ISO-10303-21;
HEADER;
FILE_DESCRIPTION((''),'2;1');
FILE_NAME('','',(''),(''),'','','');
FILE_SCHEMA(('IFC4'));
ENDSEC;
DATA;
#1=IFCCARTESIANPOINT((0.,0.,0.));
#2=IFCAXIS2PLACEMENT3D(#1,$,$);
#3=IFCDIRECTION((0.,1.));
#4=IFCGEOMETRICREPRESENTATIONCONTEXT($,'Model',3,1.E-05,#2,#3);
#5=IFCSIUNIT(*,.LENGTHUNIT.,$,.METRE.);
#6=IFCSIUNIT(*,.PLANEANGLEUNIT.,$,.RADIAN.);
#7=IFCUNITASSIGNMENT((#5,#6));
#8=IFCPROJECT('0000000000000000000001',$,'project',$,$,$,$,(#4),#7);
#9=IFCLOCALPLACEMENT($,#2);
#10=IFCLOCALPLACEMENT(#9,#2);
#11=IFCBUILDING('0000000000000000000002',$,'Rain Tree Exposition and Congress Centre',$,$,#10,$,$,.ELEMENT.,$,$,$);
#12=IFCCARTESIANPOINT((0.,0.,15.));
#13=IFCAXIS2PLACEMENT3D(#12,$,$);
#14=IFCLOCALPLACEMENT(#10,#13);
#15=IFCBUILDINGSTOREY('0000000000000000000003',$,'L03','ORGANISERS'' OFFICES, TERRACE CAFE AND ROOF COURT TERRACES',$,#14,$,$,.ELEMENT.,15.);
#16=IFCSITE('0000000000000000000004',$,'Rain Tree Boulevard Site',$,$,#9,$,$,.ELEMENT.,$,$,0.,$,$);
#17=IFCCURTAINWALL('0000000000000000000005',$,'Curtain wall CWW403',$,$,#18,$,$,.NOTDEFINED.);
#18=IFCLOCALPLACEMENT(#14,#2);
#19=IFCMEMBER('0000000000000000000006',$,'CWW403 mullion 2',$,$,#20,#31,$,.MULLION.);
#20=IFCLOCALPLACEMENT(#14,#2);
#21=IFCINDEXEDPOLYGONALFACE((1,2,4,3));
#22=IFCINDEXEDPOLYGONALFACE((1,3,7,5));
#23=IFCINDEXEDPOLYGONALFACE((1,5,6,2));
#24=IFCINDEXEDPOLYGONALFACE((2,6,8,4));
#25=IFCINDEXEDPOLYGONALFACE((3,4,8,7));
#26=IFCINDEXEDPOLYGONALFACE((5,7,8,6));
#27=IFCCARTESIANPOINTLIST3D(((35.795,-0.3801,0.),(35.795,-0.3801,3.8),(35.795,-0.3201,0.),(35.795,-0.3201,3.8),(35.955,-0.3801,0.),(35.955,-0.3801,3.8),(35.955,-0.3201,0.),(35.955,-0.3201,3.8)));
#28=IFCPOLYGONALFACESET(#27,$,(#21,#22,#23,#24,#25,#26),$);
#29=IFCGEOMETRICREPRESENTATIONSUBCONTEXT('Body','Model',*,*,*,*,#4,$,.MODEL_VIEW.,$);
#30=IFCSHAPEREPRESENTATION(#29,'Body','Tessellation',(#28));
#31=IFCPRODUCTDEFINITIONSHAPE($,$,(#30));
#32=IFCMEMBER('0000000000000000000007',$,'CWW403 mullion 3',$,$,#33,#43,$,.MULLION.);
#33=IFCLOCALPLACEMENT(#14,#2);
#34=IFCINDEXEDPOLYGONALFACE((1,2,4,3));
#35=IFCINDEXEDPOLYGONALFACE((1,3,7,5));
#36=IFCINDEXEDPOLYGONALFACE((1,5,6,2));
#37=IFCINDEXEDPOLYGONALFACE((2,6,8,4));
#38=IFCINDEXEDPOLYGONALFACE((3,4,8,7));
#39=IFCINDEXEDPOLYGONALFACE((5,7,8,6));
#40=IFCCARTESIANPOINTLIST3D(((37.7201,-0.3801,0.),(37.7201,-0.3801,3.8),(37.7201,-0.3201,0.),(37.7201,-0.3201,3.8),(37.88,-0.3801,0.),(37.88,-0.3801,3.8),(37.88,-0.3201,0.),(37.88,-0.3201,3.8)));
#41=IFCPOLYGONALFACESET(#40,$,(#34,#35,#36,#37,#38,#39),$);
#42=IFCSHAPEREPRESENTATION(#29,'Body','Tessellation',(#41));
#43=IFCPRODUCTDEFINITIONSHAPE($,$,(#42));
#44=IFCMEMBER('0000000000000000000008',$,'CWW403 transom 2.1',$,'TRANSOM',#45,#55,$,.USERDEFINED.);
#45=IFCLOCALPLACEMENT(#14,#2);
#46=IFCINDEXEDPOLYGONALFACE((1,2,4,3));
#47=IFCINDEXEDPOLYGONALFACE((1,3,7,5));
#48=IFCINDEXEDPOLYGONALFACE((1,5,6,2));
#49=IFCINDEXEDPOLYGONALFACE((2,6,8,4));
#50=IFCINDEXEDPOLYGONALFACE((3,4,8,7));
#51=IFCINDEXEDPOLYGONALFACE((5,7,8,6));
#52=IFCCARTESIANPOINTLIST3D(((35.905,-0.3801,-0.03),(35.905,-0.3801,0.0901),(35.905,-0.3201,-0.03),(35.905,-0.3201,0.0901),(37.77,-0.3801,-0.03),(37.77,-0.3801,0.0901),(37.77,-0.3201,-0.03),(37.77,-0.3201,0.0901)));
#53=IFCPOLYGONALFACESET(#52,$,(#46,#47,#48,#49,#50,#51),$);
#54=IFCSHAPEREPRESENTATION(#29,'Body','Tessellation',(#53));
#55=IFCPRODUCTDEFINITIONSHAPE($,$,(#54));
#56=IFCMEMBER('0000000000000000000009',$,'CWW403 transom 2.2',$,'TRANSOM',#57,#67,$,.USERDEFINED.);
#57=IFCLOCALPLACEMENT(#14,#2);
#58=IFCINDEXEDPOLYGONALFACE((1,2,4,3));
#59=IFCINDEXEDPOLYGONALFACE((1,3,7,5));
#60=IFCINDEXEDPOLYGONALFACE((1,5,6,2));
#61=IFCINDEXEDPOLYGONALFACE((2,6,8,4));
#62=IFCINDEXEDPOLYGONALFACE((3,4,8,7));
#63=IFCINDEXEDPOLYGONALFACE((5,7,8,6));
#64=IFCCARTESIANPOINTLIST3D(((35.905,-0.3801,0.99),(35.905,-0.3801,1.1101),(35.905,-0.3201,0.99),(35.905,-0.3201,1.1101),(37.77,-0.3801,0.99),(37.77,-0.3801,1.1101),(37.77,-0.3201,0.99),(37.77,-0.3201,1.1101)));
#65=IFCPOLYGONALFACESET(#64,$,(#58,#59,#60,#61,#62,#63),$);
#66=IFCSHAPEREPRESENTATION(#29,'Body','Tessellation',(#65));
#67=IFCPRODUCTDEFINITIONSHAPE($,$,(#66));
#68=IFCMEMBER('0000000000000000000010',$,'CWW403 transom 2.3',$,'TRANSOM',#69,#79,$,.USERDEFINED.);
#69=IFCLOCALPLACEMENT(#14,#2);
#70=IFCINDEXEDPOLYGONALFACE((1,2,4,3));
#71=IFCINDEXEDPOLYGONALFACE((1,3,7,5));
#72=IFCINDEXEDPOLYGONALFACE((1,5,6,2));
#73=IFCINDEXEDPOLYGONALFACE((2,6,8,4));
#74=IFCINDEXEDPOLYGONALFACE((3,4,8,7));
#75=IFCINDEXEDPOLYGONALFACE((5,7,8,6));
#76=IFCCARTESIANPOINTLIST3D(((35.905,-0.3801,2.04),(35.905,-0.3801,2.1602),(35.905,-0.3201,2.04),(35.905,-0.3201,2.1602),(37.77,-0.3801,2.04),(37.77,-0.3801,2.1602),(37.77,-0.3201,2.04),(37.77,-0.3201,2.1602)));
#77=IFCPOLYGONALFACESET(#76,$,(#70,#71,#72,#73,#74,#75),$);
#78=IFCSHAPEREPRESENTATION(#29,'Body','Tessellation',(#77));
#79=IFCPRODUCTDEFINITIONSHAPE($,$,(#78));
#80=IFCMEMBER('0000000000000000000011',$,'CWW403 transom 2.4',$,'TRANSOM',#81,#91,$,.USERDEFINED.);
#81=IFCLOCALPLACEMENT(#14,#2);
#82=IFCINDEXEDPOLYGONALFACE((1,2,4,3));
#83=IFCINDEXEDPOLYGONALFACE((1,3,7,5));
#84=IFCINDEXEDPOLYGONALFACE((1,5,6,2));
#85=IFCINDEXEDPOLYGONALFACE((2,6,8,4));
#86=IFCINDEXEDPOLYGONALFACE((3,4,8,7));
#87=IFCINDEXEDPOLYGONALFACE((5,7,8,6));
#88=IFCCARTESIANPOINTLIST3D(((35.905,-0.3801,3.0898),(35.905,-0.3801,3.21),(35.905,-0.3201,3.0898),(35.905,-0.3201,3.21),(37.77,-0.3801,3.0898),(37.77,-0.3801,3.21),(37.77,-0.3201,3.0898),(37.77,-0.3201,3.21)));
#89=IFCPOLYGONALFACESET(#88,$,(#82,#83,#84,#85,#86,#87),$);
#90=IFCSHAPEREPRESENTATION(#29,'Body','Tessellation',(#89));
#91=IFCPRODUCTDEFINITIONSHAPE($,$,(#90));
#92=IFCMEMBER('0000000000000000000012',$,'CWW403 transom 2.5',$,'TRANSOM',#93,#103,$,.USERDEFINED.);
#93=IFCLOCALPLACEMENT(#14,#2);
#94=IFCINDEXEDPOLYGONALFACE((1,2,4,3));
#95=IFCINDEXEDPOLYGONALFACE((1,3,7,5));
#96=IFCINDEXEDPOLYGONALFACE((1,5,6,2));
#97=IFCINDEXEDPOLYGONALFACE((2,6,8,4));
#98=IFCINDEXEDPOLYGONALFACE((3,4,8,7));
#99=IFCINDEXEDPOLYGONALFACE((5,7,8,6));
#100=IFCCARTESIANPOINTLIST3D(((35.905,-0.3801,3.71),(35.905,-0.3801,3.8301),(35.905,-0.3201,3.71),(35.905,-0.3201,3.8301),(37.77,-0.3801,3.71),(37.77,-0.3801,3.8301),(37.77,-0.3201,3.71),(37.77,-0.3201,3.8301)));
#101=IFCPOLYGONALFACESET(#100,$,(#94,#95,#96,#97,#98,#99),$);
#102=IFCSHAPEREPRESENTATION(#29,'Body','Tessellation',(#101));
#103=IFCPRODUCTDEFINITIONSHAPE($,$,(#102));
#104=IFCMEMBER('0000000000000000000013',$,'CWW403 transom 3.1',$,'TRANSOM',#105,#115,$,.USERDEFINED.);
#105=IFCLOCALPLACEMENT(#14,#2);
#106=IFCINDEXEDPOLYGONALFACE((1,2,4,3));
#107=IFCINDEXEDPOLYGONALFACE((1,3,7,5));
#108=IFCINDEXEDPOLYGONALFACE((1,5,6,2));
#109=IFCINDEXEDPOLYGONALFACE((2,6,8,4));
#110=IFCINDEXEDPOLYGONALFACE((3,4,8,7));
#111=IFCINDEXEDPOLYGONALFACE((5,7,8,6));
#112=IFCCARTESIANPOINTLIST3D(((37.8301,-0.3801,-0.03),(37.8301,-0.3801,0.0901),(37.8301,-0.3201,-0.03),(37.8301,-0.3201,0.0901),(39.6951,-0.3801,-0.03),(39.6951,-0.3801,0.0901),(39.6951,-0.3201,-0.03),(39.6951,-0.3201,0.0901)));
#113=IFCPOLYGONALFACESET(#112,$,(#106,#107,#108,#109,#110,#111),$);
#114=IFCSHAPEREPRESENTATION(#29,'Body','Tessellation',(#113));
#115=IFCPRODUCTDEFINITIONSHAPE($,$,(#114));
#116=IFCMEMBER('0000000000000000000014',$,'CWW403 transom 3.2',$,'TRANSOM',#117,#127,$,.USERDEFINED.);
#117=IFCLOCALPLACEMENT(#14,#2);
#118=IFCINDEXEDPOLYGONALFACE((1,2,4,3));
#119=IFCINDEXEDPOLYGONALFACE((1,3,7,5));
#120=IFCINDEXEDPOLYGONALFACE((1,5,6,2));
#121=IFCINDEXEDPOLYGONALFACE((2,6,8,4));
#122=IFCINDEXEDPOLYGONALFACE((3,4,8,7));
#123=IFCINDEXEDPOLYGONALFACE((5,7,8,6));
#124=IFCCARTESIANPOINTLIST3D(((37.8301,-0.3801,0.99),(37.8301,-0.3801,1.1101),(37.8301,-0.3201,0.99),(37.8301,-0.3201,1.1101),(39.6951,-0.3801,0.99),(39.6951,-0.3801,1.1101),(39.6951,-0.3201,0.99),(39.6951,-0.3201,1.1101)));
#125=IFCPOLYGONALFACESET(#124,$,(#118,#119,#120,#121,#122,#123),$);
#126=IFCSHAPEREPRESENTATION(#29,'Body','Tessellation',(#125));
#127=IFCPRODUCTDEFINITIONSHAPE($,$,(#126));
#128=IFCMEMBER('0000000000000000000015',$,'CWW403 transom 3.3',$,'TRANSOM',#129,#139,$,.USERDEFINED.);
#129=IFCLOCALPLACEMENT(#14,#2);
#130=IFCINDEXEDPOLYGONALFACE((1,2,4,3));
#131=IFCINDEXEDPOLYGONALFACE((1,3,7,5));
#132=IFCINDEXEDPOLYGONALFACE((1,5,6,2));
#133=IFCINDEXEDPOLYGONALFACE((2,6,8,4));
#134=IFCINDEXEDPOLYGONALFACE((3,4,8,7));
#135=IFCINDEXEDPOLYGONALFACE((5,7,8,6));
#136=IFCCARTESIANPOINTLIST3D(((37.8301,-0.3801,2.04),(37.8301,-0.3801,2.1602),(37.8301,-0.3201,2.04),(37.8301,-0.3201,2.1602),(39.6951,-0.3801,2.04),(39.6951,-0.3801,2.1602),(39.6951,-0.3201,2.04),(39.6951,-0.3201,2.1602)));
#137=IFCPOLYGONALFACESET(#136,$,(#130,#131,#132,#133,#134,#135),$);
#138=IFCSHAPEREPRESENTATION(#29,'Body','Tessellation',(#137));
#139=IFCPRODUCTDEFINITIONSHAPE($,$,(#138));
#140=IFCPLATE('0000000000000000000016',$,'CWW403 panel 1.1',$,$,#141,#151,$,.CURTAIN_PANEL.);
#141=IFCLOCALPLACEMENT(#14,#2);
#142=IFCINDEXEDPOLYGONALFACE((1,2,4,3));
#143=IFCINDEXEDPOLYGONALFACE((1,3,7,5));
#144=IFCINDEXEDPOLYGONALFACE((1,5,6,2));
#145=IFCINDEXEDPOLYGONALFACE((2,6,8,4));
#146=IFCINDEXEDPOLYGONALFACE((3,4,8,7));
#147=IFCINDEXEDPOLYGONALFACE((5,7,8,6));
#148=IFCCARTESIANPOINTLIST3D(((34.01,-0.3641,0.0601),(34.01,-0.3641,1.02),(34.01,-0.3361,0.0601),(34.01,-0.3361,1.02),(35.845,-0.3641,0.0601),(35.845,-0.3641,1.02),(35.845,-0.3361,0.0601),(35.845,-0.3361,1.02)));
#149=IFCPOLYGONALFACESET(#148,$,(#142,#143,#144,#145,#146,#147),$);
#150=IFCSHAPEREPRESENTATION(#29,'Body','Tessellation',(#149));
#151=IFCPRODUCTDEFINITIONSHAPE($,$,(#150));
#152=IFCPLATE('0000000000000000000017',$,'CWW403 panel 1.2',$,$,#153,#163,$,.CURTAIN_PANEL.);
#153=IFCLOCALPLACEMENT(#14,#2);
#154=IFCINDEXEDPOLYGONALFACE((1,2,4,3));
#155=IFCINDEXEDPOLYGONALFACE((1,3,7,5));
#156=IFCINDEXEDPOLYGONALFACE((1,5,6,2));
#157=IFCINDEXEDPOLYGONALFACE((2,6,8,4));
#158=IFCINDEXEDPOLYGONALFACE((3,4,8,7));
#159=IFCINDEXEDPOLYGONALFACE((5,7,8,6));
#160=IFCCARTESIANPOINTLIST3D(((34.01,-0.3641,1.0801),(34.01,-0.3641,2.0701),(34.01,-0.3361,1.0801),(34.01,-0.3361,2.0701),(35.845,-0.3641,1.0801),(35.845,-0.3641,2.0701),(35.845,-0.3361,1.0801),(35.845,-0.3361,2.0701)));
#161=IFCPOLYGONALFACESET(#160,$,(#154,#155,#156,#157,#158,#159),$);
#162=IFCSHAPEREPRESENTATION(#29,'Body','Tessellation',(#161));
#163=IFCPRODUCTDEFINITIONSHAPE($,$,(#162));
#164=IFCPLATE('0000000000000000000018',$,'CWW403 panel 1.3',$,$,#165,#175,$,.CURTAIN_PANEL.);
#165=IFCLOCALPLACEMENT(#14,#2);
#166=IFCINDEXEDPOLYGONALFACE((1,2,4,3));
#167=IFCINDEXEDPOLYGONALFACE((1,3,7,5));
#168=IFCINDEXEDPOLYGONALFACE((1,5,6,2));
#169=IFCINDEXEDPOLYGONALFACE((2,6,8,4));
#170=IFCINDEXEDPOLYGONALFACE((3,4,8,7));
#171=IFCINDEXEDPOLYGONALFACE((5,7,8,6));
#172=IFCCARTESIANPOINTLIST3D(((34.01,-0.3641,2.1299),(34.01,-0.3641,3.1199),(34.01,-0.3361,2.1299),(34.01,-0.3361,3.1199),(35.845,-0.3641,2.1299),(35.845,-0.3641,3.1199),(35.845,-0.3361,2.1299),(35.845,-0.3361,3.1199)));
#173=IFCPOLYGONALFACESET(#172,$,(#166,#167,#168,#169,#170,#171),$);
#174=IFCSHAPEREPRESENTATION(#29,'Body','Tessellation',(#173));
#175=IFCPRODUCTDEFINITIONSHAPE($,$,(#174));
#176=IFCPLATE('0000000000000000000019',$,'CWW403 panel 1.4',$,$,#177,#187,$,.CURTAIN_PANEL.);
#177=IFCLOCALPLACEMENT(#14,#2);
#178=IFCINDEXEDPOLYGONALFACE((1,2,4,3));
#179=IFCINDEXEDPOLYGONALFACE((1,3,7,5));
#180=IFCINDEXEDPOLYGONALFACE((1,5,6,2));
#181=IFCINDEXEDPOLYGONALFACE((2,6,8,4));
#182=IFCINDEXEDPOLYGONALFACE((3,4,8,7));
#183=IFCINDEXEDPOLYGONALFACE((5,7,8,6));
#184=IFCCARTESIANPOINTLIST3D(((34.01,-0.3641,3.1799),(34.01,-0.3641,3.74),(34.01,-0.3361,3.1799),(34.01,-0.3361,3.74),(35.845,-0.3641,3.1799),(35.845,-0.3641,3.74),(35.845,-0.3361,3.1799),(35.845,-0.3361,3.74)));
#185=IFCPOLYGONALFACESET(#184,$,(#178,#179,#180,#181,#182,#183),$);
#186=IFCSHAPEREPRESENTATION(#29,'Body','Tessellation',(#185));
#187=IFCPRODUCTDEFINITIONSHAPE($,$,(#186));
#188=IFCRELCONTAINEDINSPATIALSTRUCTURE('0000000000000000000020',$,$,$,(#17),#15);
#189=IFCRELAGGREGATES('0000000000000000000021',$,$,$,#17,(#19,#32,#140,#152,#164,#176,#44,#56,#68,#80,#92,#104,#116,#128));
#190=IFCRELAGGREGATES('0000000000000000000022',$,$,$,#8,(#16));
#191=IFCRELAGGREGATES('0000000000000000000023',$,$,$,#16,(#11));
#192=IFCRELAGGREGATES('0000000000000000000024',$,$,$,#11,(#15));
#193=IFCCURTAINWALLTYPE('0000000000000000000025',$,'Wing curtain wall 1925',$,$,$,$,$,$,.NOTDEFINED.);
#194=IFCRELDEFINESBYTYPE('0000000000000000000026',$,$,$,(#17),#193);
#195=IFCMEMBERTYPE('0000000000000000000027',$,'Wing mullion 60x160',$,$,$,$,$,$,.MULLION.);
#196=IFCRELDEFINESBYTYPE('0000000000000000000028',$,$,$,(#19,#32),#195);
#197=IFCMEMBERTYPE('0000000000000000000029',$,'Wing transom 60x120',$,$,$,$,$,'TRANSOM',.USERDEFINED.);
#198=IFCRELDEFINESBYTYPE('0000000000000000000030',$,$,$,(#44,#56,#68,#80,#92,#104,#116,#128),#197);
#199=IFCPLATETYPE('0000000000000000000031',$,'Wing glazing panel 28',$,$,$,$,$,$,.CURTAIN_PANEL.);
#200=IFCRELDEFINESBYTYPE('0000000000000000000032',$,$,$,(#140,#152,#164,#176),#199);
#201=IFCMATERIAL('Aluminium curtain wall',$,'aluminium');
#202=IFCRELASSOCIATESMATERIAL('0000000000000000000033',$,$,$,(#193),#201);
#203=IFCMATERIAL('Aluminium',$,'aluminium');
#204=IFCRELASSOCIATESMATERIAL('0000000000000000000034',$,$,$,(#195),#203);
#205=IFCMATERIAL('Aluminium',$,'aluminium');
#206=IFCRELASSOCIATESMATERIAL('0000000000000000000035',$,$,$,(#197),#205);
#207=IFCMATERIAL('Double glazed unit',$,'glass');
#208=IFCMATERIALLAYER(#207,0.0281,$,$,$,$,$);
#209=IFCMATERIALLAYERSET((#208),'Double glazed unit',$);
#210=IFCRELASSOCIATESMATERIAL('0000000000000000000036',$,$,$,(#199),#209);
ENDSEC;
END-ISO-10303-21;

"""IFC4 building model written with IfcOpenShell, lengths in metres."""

from ifc_helpers import new_model, si_unit, direction, frame, origin, origin_2d, place, context, subcontext, project, spatial, rectangle, extrude, material, layer, layer_set, material_profile, profile_set, type_object, element, aggregate, save


model = new_model("IFC4")

# Units and contexts
model_context = context("Model", 3, precision=1e-05, world=origin(), true_north=direction((0.0, 1.0)))
body_context = subcontext(model_context, "Body", "Model", "MODEL_VIEW")
ifc_project = project(units=[si_unit("LENGTHUNIT", "METRE"), si_unit("PLANEANGLEUNIT", "RADIAN")], contexts=[model_context])

# Site, building, storey
site_placement = place(None, origin())
site = spatial("IfcSite", under=ifc_project, at=site_placement, Name="Rain Tree Boulevard Site", CompositionType="ELEMENT", RefElevation=0.0)
building_placement = place(site_placement, origin())
building = spatial("IfcBuilding", under=site, at=building_placement, Name="Rain Tree Exposition and Congress Centre", CompositionType="ELEMENT")
storey_placement = place(building_placement, frame((0.0, 0.0, 15.0)))
storey = spatial("IfcBuildingStorey", under=building, at=storey_placement, Name="L03", Description="ORGANISERS' OFFICES, TERRACE CAFE AND ROOF COURT TERRACES", CompositionType="ELEMENT", Elevation=15.0)

# Curtain wall, members, plates
ifc_material_1 = material(Name="Aluminium curtain wall", Category="aluminium")
curtain_wall_type = type_object("IfcCurtainWallType", Name="Wing curtain wall 1925", PredefinedType="NOTDEFINED", material=ifc_material_1)
curtain_wall_placement = place(storey_placement, origin())
curtain_wall = element("IfcCurtainWall", 1, at=curtain_wall_placement, inside=storey, type_object=curtain_wall_type, Name="Curtain wall CWW403", PredefinedType="NOTDEFINED")
ifc_material_2 = material(Name="Aluminium", Category="aluminium")
ifc_material_profile_1 = material_profile(ifc_material_2, rectangle(XDim=0.0601, YDim=0.1599, at=origin_2d()), Name="Aluminium 60x160")
ifc_profile_set_1 = profile_set([ifc_material_profile_1], Name="Aluminium")
member_type_1 = type_object("IfcMemberType", Name="Wing mullion 60x160", PredefinedType="MULLION", material=ifc_profile_set_1)
member_1_placement = place(storey_placement, frame((35.875, -0.3501, 0.0), z_axis=(0.0, 0.0, 1.0), x_axis=(0.0, 1.0, 0.0)))
member_1 = element("IfcMember", 2, at=member_1_placement, type_object=member_type_1, Name="CWW403 mullion 2", PredefinedType="MULLION", context=body_context, shape_type="SweptSolid", body=[
    extrude(rectangle(XDim=0.0601, YDim=0.1599, at=origin_2d()), origin(), (0.0, 0.0, 1.0), 3.8),
])
member_2_placement = place(storey_placement, frame((37.8, -0.3501, 0.0), z_axis=(0.0, 0.0, 1.0), x_axis=(0.0, 1.0, 0.0)))
member_2 = element("IfcMember", 3, at=member_2_placement, type_object=member_type_1, Name="CWW403 mullion 3", PredefinedType="MULLION", context=body_context, shape_type="SweptSolid", body=[
    extrude(rectangle(XDim=0.0601, YDim=0.1599, at=origin_2d()), origin(), (0.0, 0.0, 1.0), 3.8),
])
ifc_material_3 = material(Name="Aluminium", Category="aluminium")
ifc_material_profile_2 = material_profile(ifc_material_3, rectangle(XDim=0.0601, YDim=0.1201, at=origin_2d()), Name="Aluminium 60x120")
ifc_profile_set_2 = profile_set([ifc_material_profile_2], Name="Aluminium")
member_type_2 = type_object("IfcMemberType", Name="Wing transom 60x120", ElementType="TRANSOM", PredefinedType="USERDEFINED", material=ifc_profile_set_2)
member_3_placement = place(storey_placement, frame((35.905, -0.3501, 0.03), z_axis=(1.0, 0.0, 0.0), x_axis=(0.0, 1.0, 0.0)))
member_3 = element("IfcMember", 4, at=member_3_placement, type_object=member_type_2, Name="CWW403 transom 2.1", ObjectType="TRANSOM", PredefinedType="USERDEFINED", context=body_context, shape_type="SweptSolid", body=[
    extrude(rectangle(XDim=0.0601, YDim=0.1201, at=origin_2d()), origin(), (0.0, 0.0, 1.0), 1.865),
])
member_4_placement = place(storey_placement, frame((35.905, -0.3501, 1.05), z_axis=(1.0, 0.0, 0.0), x_axis=(0.0, 1.0, 0.0)))
member_4 = element("IfcMember", 5, at=member_4_placement, type_object=member_type_2, Name="CWW403 transom 2.2", ObjectType="TRANSOM", PredefinedType="USERDEFINED", context=body_context, shape_type="SweptSolid", body=[
    extrude(rectangle(XDim=0.0601, YDim=0.1201, at=origin_2d()), origin(), (0.0, 0.0, 1.0), 1.865),
])
member_5_placement = place(storey_placement, frame((35.905, -0.3501, 2.1001), z_axis=(1.0, 0.0, 0.0), x_axis=(0.0, 1.0, 0.0)))
member_5 = element("IfcMember", 6, at=member_5_placement, type_object=member_type_2, Name="CWW403 transom 2.3", ObjectType="TRANSOM", PredefinedType="USERDEFINED", context=body_context, shape_type="SweptSolid", body=[
    extrude(rectangle(XDim=0.0601, YDim=0.1201, at=origin_2d()), origin(), (0.0, 0.0, 1.0), 1.865),
])
member_6_placement = place(storey_placement, frame((35.905, -0.3501, 3.1499), z_axis=(1.0, 0.0, 0.0), x_axis=(0.0, 1.0, 0.0)))
member_6 = element("IfcMember", 7, at=member_6_placement, type_object=member_type_2, Name="CWW403 transom 2.4", ObjectType="TRANSOM", PredefinedType="USERDEFINED", context=body_context, shape_type="SweptSolid", body=[
    extrude(rectangle(XDim=0.0601, YDim=0.1201, at=origin_2d()), origin(), (0.0, 0.0, 1.0), 1.865),
])
member_7_placement = place(storey_placement, frame((35.905, -0.3501, 3.77), z_axis=(1.0, 0.0, 0.0), x_axis=(0.0, 1.0, 0.0)))
member_7 = element("IfcMember", 8, at=member_7_placement, type_object=member_type_2, Name="CWW403 transom 2.5", ObjectType="TRANSOM", PredefinedType="USERDEFINED", context=body_context, shape_type="SweptSolid", body=[
    extrude(rectangle(XDim=0.0601, YDim=0.1201, at=origin_2d()), origin(), (0.0, 0.0, 1.0), 1.865),
])
member_8_placement = place(storey_placement, frame((37.8301, -0.3501, 0.03), z_axis=(1.0, 0.0, 0.0), x_axis=(0.0, 1.0, 0.0)))
member_8 = element("IfcMember", 9, at=member_8_placement, type_object=member_type_2, Name="CWW403 transom 3.1", ObjectType="TRANSOM", PredefinedType="USERDEFINED", context=body_context, shape_type="SweptSolid", body=[
    extrude(rectangle(XDim=0.0601, YDim=0.1201, at=origin_2d()), origin(), (0.0, 0.0, 1.0), 1.865),
])
member_9_placement = place(storey_placement, frame((37.8301, -0.3501, 1.05), z_axis=(1.0, 0.0, 0.0), x_axis=(0.0, 1.0, 0.0)))
member_9 = element("IfcMember", 10, at=member_9_placement, type_object=member_type_2, Name="CWW403 transom 3.2", ObjectType="TRANSOM", PredefinedType="USERDEFINED", context=body_context, shape_type="SweptSolid", body=[
    extrude(rectangle(XDim=0.0601, YDim=0.1201, at=origin_2d()), origin(), (0.0, 0.0, 1.0), 1.865),
])
member_10_placement = place(storey_placement, frame((37.8301, -0.3501, 2.1001), z_axis=(1.0, 0.0, 0.0), x_axis=(0.0, 1.0, 0.0)))
member_10 = element("IfcMember", 11, at=member_10_placement, type_object=member_type_2, Name="CWW403 transom 3.3", ObjectType="TRANSOM", PredefinedType="USERDEFINED", context=body_context, shape_type="SweptSolid", body=[
    extrude(rectangle(XDim=0.0601, YDim=0.1201, at=origin_2d()), origin(), (0.0, 0.0, 1.0), 1.865),
])
ifc_material_4 = material(Name="Double glazed unit", Category="glass")
ifc_layer_1 = layer(ifc_material_4, 0.0281)
ifc_layer_set_1 = layer_set([ifc_layer_1], Name="Double glazed unit")
plate_type = type_object("IfcPlateType", Name="Wing glazing panel 28", PredefinedType="CURTAIN_PANEL", material=ifc_layer_set_1)
plate_1_placement = place(storey_placement, frame((34.9275, -0.3501, 0.0601), z_axis=(0.0, 0.0, 1.0), x_axis=(1.0, 0.0, 0.0)))
plate_1 = element("IfcPlate", 12, at=plate_1_placement, type_object=plate_type, Name="CWW403 panel 1.1", PredefinedType="CURTAIN_PANEL", context=body_context, shape_type="SweptSolid", body=[
    extrude(rectangle(XDim=1.835, YDim=0.0281, at=origin_2d()), origin(), (0.0, 0.0, 1.0), 0.96),
])
plate_2_placement = place(storey_placement, frame((34.9275, -0.3501, 1.0801), z_axis=(0.0, 0.0, 1.0), x_axis=(1.0, 0.0, 0.0)))
plate_2 = element("IfcPlate", 13, at=plate_2_placement, type_object=plate_type, Name="CWW403 panel 1.2", PredefinedType="CURTAIN_PANEL", context=body_context, shape_type="SweptSolid", body=[
    extrude(rectangle(XDim=1.835, YDim=0.0281, at=origin_2d()), origin(), (0.0, 0.0, 1.0), 0.99),
])
plate_3_placement = place(storey_placement, frame((34.9275, -0.3501, 2.1299), z_axis=(0.0, 0.0, 1.0), x_axis=(1.0, 0.0, 0.0)))
plate_3 = element("IfcPlate", 14, at=plate_3_placement, type_object=plate_type, Name="CWW403 panel 1.3", PredefinedType="CURTAIN_PANEL", context=body_context, shape_type="SweptSolid", body=[
    extrude(rectangle(XDim=1.835, YDim=0.0281, at=origin_2d()), origin(), (0.0, 0.0, 1.0), 0.99),
])
plate_4_placement = place(storey_placement, frame((34.9275, -0.3501, 3.1799), z_axis=(0.0, 0.0, 1.0), x_axis=(1.0, 0.0, 0.0)))
plate_4 = element("IfcPlate", 15, at=plate_4_placement, type_object=plate_type, Name="CWW403 panel 1.4", PredefinedType="CURTAIN_PANEL", context=body_context, shape_type="SweptSolid", body=[
    extrude(rectangle(XDim=1.835, YDim=0.0281, at=origin_2d()), origin(), (0.0, 0.0, 1.0), 0.5601),
])
aggregate(curtain_wall, [member_1, member_2, plate_1, plate_2, plate_3, plate_4, member_3, member_4, member_5, member_6, member_7, member_8, member_9, member_10])

save(model, "model.ifc")
